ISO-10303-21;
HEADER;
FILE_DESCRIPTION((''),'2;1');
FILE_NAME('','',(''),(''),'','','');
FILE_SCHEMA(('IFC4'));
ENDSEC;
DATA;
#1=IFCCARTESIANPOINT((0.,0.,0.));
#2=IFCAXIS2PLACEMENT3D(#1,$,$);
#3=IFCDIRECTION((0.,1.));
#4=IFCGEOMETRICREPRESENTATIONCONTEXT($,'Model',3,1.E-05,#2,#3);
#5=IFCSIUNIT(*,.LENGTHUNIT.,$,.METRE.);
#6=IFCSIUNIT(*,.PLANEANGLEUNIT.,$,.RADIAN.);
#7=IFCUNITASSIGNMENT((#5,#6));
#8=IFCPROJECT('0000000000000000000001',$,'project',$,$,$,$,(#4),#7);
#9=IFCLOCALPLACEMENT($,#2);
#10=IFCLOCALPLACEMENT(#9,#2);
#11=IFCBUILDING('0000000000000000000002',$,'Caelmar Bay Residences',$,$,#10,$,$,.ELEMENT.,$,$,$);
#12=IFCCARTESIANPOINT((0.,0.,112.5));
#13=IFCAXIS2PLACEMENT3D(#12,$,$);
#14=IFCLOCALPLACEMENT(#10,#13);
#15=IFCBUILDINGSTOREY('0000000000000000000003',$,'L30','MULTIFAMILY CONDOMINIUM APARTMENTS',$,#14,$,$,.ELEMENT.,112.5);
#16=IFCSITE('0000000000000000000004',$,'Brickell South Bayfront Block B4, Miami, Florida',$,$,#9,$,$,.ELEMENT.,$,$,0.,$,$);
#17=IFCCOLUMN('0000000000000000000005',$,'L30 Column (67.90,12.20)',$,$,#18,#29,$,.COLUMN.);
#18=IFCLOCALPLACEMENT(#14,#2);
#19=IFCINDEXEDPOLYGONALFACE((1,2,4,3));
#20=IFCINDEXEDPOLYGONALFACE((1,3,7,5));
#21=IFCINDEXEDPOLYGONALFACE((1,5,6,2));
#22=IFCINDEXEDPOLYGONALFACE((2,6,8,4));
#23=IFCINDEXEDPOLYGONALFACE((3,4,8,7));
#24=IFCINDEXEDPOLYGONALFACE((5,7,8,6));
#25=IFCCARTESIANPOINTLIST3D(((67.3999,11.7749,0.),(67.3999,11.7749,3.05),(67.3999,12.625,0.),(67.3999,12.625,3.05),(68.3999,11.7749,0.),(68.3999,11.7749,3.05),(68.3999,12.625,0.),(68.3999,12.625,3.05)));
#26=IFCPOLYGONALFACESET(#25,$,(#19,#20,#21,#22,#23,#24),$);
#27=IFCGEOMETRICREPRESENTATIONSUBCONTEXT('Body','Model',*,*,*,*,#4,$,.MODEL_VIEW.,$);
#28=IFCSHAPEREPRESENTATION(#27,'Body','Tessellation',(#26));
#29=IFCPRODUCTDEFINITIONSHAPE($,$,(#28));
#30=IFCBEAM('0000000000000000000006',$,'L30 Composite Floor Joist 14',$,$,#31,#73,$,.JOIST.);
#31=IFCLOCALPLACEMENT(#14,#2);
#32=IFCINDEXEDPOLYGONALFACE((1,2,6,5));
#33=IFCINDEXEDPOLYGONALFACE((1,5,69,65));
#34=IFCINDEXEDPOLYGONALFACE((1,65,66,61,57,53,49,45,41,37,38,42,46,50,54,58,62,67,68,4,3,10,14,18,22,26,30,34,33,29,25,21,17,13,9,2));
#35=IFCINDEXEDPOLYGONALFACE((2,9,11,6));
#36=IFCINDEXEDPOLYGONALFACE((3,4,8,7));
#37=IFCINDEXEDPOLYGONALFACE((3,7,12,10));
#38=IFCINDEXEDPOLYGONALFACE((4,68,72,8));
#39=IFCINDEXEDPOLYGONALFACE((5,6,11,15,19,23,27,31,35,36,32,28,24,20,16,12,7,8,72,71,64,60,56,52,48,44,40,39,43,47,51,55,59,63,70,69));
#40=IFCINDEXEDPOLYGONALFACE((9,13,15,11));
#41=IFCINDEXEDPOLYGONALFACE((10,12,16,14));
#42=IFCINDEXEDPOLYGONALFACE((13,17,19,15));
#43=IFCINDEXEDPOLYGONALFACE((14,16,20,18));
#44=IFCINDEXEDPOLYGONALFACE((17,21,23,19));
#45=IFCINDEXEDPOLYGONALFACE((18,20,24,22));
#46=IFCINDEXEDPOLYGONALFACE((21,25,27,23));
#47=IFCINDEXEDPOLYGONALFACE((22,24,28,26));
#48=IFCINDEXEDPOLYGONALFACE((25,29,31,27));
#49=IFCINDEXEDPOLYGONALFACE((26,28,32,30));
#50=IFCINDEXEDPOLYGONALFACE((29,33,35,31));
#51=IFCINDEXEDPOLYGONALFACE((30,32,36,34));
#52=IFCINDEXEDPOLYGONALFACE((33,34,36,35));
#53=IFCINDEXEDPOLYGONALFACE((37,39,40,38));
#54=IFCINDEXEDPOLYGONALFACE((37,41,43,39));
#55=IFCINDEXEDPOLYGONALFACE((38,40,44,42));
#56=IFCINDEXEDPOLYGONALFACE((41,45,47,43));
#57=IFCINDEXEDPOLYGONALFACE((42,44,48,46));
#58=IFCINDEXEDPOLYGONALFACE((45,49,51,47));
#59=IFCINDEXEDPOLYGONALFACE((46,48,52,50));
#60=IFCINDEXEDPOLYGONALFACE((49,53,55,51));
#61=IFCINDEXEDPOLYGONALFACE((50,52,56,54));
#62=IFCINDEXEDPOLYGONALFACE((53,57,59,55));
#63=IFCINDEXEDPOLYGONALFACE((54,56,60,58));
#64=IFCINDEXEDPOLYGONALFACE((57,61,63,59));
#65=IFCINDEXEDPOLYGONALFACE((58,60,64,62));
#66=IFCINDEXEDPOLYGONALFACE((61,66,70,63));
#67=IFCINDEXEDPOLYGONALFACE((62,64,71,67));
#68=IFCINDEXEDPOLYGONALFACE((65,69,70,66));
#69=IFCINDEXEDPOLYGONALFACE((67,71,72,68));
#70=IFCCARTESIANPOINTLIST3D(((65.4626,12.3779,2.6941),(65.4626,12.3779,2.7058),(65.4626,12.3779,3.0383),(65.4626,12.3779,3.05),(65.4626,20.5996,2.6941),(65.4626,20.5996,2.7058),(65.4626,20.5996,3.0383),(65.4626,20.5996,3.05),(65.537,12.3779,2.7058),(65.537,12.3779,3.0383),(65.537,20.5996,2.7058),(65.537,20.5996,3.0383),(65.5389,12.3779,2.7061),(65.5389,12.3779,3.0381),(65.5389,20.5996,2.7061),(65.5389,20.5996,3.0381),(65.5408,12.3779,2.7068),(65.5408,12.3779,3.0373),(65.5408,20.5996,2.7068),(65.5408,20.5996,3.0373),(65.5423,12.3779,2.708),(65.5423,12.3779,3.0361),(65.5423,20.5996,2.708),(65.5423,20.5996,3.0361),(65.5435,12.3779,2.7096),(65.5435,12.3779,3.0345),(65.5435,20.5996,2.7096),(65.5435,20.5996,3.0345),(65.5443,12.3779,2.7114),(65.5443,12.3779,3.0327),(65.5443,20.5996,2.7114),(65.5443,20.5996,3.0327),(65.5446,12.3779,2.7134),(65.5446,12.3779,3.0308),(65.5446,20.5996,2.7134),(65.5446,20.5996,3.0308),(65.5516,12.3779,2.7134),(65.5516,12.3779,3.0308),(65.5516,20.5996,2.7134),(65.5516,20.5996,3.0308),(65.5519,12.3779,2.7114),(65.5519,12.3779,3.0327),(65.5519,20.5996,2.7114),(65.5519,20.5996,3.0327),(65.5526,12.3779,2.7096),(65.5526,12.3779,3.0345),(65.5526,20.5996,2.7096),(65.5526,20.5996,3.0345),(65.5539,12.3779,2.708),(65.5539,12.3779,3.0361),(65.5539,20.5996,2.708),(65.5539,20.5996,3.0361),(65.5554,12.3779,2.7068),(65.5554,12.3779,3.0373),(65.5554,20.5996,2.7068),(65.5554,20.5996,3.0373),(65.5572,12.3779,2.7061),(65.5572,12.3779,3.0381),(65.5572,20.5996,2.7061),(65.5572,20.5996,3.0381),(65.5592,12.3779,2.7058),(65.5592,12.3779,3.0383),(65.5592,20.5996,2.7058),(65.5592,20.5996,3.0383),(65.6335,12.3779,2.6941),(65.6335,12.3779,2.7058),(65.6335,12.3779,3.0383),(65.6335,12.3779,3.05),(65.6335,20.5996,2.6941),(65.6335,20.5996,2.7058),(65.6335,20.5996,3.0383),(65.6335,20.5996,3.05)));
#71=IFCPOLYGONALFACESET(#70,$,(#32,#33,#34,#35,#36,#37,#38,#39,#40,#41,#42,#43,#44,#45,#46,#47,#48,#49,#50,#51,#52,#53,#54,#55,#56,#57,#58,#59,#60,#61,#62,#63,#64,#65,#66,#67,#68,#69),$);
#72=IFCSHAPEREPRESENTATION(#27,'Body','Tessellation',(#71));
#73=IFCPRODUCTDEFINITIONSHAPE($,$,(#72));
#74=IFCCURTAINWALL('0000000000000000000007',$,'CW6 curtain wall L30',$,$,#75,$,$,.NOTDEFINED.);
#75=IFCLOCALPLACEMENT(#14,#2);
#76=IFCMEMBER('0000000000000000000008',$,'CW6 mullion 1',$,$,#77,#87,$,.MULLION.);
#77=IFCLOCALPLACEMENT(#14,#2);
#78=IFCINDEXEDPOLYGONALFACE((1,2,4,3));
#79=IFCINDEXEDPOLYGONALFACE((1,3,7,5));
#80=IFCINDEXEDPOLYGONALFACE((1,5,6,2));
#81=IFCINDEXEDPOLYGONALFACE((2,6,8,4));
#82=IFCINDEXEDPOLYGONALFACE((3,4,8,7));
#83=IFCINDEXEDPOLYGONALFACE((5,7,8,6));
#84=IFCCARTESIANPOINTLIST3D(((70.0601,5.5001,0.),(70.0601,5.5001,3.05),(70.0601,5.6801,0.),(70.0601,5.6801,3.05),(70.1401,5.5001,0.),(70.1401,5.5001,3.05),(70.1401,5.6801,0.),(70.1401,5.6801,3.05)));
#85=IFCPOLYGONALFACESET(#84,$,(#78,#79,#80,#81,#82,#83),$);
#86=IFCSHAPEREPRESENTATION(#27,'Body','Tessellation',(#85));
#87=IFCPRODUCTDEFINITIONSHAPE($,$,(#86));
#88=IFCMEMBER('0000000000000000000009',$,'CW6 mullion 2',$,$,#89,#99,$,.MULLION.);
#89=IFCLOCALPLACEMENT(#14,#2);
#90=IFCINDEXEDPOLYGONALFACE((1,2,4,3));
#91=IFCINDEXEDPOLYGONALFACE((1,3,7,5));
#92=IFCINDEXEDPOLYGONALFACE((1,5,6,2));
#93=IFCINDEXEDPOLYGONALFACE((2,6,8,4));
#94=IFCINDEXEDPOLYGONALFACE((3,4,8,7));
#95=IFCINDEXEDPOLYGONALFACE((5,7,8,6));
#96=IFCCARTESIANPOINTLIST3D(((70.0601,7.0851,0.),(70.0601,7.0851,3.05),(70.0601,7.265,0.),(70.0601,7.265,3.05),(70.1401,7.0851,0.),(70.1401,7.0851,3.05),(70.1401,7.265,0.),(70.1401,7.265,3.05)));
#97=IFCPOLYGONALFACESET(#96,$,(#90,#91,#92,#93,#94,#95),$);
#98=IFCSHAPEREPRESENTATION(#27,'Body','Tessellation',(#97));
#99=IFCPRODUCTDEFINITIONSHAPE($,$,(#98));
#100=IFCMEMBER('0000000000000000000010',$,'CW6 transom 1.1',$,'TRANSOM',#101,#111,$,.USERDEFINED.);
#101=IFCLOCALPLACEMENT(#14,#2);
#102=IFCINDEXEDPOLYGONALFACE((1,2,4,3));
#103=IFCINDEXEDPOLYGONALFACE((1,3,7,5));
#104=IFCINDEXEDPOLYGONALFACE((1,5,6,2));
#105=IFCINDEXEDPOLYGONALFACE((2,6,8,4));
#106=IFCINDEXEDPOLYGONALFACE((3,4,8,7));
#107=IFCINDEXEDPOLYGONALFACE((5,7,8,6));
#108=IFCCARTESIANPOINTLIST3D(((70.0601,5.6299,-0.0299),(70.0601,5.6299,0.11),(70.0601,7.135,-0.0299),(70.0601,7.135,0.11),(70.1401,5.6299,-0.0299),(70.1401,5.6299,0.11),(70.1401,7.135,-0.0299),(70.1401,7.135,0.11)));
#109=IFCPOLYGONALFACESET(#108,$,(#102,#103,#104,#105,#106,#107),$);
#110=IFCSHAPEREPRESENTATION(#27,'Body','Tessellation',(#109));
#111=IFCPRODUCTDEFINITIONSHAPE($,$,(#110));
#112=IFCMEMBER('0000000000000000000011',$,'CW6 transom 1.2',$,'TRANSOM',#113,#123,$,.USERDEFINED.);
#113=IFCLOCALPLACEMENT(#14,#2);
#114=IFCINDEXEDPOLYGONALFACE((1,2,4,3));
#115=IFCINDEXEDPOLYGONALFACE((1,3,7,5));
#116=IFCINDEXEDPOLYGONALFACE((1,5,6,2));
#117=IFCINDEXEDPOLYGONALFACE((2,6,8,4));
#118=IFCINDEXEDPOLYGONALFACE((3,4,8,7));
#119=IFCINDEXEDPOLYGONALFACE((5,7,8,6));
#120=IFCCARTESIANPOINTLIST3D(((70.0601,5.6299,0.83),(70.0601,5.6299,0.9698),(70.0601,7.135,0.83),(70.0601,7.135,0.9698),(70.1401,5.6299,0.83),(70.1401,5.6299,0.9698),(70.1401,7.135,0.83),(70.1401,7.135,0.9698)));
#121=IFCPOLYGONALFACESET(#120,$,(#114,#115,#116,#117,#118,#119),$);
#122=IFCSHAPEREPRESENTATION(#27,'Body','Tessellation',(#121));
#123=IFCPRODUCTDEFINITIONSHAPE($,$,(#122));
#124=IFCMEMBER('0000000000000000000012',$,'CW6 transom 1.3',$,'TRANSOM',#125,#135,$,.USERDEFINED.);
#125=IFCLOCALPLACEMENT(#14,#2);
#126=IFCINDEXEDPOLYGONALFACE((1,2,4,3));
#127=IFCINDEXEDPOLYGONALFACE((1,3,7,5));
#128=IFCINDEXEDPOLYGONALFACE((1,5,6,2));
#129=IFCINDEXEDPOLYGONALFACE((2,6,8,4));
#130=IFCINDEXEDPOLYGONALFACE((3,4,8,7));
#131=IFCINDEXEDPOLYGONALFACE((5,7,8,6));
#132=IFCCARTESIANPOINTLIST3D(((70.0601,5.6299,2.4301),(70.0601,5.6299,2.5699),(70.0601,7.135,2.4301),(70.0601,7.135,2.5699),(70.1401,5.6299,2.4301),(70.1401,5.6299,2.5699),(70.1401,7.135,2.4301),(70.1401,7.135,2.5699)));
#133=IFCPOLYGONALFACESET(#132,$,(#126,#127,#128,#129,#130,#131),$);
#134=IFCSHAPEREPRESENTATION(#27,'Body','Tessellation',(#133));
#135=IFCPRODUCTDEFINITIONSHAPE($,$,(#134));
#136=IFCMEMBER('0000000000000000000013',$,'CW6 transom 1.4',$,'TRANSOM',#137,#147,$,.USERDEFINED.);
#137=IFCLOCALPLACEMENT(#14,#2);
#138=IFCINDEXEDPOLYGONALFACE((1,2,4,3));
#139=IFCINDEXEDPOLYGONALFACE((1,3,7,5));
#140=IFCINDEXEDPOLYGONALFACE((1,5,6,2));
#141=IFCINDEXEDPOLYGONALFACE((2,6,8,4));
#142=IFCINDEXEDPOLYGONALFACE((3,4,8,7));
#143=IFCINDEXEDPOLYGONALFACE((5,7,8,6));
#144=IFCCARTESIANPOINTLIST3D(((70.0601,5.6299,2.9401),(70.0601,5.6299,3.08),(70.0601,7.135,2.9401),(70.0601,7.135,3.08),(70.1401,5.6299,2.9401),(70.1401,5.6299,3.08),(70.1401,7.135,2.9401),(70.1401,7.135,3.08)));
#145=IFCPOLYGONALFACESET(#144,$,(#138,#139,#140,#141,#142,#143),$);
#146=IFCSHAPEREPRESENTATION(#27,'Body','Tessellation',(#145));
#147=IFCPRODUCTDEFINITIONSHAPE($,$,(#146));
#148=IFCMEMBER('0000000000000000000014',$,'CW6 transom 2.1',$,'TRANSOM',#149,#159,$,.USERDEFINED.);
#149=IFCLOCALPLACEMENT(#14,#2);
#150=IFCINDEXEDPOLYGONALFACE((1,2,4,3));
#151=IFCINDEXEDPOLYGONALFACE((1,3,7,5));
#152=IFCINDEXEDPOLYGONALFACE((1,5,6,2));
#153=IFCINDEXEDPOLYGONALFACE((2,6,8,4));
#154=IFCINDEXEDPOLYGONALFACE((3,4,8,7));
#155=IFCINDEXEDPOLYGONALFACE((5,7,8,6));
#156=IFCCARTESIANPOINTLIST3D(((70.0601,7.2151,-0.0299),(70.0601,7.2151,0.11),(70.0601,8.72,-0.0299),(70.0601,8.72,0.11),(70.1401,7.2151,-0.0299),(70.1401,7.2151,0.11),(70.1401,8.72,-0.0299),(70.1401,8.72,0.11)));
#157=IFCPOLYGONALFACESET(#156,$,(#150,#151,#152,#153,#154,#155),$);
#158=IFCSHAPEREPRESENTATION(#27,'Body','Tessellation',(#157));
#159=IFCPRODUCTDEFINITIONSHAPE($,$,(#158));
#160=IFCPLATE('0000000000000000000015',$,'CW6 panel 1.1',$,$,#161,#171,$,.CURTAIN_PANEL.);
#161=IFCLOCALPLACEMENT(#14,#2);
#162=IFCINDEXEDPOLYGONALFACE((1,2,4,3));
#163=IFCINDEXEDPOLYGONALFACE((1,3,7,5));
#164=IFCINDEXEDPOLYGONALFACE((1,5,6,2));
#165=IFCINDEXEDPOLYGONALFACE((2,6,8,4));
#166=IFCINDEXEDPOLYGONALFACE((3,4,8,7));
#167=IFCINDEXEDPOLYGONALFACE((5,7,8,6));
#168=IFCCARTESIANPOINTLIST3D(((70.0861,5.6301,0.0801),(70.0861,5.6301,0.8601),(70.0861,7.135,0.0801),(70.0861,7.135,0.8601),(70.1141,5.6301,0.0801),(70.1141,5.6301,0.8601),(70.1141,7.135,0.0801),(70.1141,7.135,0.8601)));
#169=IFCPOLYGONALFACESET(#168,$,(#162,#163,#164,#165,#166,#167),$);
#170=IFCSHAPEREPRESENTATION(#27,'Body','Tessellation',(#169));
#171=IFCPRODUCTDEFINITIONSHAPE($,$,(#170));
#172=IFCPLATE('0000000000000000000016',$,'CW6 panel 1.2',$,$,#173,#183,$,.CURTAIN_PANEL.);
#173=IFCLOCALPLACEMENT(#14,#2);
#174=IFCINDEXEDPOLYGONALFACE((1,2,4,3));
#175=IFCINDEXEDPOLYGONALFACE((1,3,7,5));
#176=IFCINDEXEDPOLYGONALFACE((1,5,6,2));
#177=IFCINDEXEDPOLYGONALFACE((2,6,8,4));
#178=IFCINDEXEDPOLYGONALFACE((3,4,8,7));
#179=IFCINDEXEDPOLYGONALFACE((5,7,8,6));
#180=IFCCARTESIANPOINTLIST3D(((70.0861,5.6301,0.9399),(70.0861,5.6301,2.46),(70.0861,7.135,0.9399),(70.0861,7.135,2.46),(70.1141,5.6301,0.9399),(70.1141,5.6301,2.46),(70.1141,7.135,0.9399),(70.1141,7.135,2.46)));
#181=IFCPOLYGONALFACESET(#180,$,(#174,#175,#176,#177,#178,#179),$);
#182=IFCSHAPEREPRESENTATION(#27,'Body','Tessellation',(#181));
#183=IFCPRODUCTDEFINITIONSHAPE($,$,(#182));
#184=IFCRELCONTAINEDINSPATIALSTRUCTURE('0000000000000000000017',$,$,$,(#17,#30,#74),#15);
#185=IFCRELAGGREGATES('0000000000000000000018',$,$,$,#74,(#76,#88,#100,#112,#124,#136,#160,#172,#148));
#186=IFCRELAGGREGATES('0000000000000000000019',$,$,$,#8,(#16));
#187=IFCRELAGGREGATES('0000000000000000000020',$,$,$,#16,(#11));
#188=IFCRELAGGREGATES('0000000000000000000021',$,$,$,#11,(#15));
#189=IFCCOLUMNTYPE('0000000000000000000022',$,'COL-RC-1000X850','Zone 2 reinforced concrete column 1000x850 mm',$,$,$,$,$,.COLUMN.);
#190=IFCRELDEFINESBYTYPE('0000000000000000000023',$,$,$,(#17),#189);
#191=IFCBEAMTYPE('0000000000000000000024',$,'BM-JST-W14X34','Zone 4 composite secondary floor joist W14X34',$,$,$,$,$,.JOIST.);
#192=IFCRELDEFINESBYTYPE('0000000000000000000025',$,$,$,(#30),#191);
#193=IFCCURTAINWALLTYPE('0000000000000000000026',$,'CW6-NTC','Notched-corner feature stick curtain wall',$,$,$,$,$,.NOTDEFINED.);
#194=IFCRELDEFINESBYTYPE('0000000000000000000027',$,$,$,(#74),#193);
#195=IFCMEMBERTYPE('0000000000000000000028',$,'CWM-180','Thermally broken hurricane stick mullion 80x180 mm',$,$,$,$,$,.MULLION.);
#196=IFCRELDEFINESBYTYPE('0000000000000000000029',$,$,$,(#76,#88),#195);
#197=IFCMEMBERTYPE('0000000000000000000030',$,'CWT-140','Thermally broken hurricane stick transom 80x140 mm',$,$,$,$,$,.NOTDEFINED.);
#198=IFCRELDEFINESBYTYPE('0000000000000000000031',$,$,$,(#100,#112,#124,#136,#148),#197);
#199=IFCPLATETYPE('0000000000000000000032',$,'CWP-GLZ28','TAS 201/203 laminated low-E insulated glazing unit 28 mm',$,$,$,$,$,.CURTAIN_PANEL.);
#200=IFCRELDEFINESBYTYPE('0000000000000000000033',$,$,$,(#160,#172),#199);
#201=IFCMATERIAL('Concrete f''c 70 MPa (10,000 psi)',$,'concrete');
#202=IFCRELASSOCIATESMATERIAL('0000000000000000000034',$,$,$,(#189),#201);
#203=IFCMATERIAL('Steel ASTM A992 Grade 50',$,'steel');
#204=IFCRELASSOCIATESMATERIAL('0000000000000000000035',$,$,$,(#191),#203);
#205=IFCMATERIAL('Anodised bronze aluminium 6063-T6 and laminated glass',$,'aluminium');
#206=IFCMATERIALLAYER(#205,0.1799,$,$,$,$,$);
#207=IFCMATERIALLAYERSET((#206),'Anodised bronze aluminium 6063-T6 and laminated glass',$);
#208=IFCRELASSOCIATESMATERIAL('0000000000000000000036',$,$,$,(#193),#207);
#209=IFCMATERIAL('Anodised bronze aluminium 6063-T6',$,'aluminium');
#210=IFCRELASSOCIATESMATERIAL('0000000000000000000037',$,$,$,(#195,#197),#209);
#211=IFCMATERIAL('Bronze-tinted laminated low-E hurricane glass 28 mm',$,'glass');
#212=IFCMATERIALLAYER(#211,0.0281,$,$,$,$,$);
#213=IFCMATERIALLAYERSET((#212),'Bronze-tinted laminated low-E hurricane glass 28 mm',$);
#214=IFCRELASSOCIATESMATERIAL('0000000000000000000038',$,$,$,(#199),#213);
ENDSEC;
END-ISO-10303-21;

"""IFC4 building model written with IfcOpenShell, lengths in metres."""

from ifc_helpers import new_model, si_unit, direction, frame, origin, origin_2d, place, context, subcontext, project, spatial, rectangle, i_section, extrude, material, layer, layer_set, material_profile, profile_set, type_object, element, aggregate, save


model = new_model("IFC4")

# Units and contexts
model_context = context("Model", 3, precision=1e-05, world=origin(), true_north=direction((0.0, 1.0)))
body_context = subcontext(model_context, "Body", "Model", "MODEL_VIEW")
ifc_project = project(units=[si_unit("LENGTHUNIT", "METRE"), si_unit("PLANEANGLEUNIT", "RADIAN")], contexts=[model_context])

# Site, building, storey
site_placement = place(None, origin())
site = spatial("IfcSite", under=ifc_project, at=site_placement, Name="Brickell South Bayfront Block B4, Miami, Florida", CompositionType="ELEMENT", RefElevation=0.0)
building_placement = place(site_placement, origin())
building = spatial("IfcBuilding", under=site, at=building_placement, Name="Caelmar Bay Residences", CompositionType="ELEMENT")
storey_placement = place(building_placement, frame((0.0, 0.0, 112.5)))
storey = spatial("IfcBuildingStorey", under=building, at=storey_placement, Name="L30", Description="MULTIFAMILY CONDOMINIUM APARTMENTS", CompositionType="ELEMENT", Elevation=112.5)

# Column
ifc_material_1 = material(Name="Concrete f'c 70 MPa (10,000 psi)", Category="concrete")
ifc_material_profile_1 = material_profile(ifc_material_1, rectangle(XDim=1.0, YDim=0.8501, at=origin_2d()), Name="RC-COL-1000X850")
ifc_profile_set_1 = profile_set([ifc_material_profile_1], Name="Concrete f'c 70 MPa (10,000 psi)")
column_type = type_object("IfcColumnType", Name="COL-RC-1000X850", Description="Zone 2 reinforced concrete column 1000x850 mm", PredefinedType="COLUMN", material=ifc_profile_set_1)
column_placement = place(storey_placement, frame((67.8999, 12.2, 0.0), z_axis=(0.0, 0.0, 1.0), x_axis=(1.0, 0.0, 0.0)))
element("IfcColumn", 1, at=column_placement, inside=storey, type_object=column_type, Name="L30 Column (67.90,12.20)", PredefinedType="COLUMN", context=body_context, shape_type="SweptSolid", body=[
    extrude(rectangle(XDim=1.0, YDim=0.8501, at=origin_2d()), origin(), (0.0, 0.0, 1.0), 3.05),
])

# Beam
ifc_material_2 = material(Name="Steel ASTM A992 Grade 50", Category="steel")
ifc_material_profile_2 = material_profile(ifc_material_2, i_section(OverallWidth=0.1709, OverallDepth=0.356, WebThickness=0.0071, FlangeThickness=0.0117, FilletRadius=0.0076, at=origin_2d()), Name="W14X34")
ifc_profile_set_2 = profile_set([ifc_material_profile_2], Name="Steel ASTM A992 Grade 50")
beam_type = type_object("IfcBeamType", Name="BM-JST-W14X34", Description="Zone 4 composite secondary floor joist W14X34", PredefinedType="JOIST", material=ifc_profile_set_2)
beam_placement = place(storey_placement, frame((65.5481, 12.3779, 2.8721), z_axis=(0.0, 1.0, 0.0), x_axis=(-1.0, 0.0, 0.0)))
element("IfcBeam", 2, at=beam_placement, inside=storey, type_object=beam_type, Name="L30 Composite Floor Joist 14", PredefinedType="JOIST", context=body_context, shape_type="SweptSolid", body=[
    extrude(i_section(OverallWidth=0.1709, OverallDepth=0.356, WebThickness=0.0071, FlangeThickness=0.0117, FilletRadius=0.0076, at=origin_2d()), origin(), (0.0, 0.0, 1.0), 8.2217),
])

# Curtain wall, members, plates
ifc_material_3 = material(Name="Anodised bronze aluminium 6063-T6 and laminated glass", Category="aluminium")
ifc_layer_1 = layer(ifc_material_3, 0.1799)
ifc_layer_set_1 = layer_set([ifc_layer_1], Name="Anodised bronze aluminium 6063-T6 and laminated glass")
curtain_wall_type = type_object("IfcCurtainWallType", Name="CW6-NTC", Description="Notched-corner feature stick curtain wall", PredefinedType="NOTDEFINED", material=ifc_layer_set_1)
curtain_wall_placement = place(storey_placement, origin())
curtain_wall = element("IfcCurtainWall", 3, at=curtain_wall_placement, inside=storey, type_object=curtain_wall_type, Name="CW6 curtain wall L30", PredefinedType="NOTDEFINED")
ifc_material_4 = material(Name="Anodised bronze aluminium 6063-T6", Category="aluminium")
ifc_material_profile_3 = material_profile(ifc_material_4, rectangle(XDim=0.0801, YDim=0.1799, at=origin_2d()), Name="CWM-80X180")
ifc_profile_set_3 = profile_set([ifc_material_profile_3], Name="Anodised bronze aluminium 6063-T6")
member_type_1 = type_object("IfcMemberType", Name="CWM-180", Description="Thermally broken hurricane stick mullion 80x180 mm", PredefinedType="MULLION", material=ifc_profile_set_3)
member_1_placement = place(storey_placement, frame((70.1001, 5.5901, 0.0), z_axis=(0.0, 0.0, 1.0), x_axis=(-1.0, 0.0, 0.0)))
member_1 = element("IfcMember", 4, at=member_1_placement, type_object=member_type_1, Name="CW6 mullion 1", PredefinedType="MULLION", context=body_context, shape_type="SweptSolid", body=[
    extrude(rectangle(XDim=0.0801, YDim=0.1799, at=origin_2d()), origin(), (0.0, 0.0, 1.0), 3.05),
])
member_2_placement = place(storey_placement, frame((70.1001, 7.175, 0.0), z_axis=(0.0, 0.0, 1.0), x_axis=(-1.0, 0.0, 0.0)))
member_2 = element("IfcMember", 5, at=member_2_placement, type_object=member_type_1, Name="CW6 mullion 2", PredefinedType="MULLION", context=body_context, shape_type="SweptSolid", body=[
    extrude(rectangle(XDim=0.0801, YDim=0.1799, at=origin_2d()), origin(), (0.0, 0.0, 1.0), 3.05),
])
ifc_material_profile_4 = material_profile(ifc_material_4, rectangle(XDim=0.0801, YDim=0.1399, at=origin_2d()), Name="CWT-80X140")
ifc_profile_set_4 = profile_set([ifc_material_profile_4], Name="Anodised bronze aluminium 6063-T6")
member_type_2 = type_object("IfcMemberType", Name="CWT-140", Description="Thermally broken hurricane stick transom 80x140 mm", PredefinedType="NOTDEFINED", material=ifc_profile_set_4)
member_3_placement = place(storey_placement, frame((70.1001, 5.6299, 0.04), z_axis=(0.0, 1.0, 0.0), x_axis=(-1.0, 0.0, 0.0)))
member_3 = element("IfcMember", 6, at=member_3_placement, type_object=member_type_2, Name="CW6 transom 1.1", ObjectType="TRANSOM", PredefinedType="USERDEFINED", context=body_context, shape_type="SweptSolid", body=[
    extrude(rectangle(XDim=0.0801, YDim=0.1399, at=origin_2d()), origin(), (0.0, 0.0, 1.0), 1.5051),
])
member_4_placement = place(storey_placement, frame((70.1001, 5.6299, 0.8999), z_axis=(0.0, 1.0, 0.0), x_axis=(-1.0, 0.0, 0.0)))
member_4 = element("IfcMember", 7, at=member_4_placement, type_object=member_type_2, Name="CW6 transom 1.2", ObjectType="TRANSOM", PredefinedType="USERDEFINED", context=body_context, shape_type="SweptSolid", body=[
    extrude(rectangle(XDim=0.0801, YDim=0.1399, at=origin_2d()), origin(), (0.0, 0.0, 1.0), 1.5051),
])
member_5_placement = place(storey_placement, frame((70.1001, 5.6299, 2.5), z_axis=(0.0, 1.0, 0.0), x_axis=(-1.0, 0.0, 0.0)))
member_5 = element("IfcMember", 8, at=member_5_placement, type_object=member_type_2, Name="CW6 transom 1.3", ObjectType="TRANSOM", PredefinedType="USERDEFINED", context=body_context, shape_type="SweptSolid", body=[
    extrude(rectangle(XDim=0.0801, YDim=0.1399, at=origin_2d()), origin(), (0.0, 0.0, 1.0), 1.5051),
])
member_6_placement = place(storey_placement, frame((70.1001, 5.6299, 3.01), z_axis=(0.0, 1.0, 0.0), x_axis=(-1.0, 0.0, 0.0)))
member_6 = element("IfcMember", 9, at=member_6_placement, type_object=member_type_2, Name="CW6 transom 1.4", ObjectType="TRANSOM", PredefinedType="USERDEFINED", context=body_context, shape_type="SweptSolid", body=[
    extrude(rectangle(XDim=0.0801, YDim=0.1399, at=origin_2d()), origin(), (0.0, 0.0, 1.0), 1.5051),
])
member_7_placement = place(storey_placement, frame((70.1001, 7.2151, 0.04), z_axis=(0.0, 1.0, 0.0), x_axis=(-1.0, 0.0, 0.0)))
member_7 = element("IfcMember", 10, at=member_7_placement, type_object=member_type_2, Name="CW6 transom 2.1", ObjectType="TRANSOM", PredefinedType="USERDEFINED", context=body_context, shape_type="SweptSolid", body=[
    extrude(rectangle(XDim=0.0801, YDim=0.1399, at=origin_2d()), origin(), (0.0, 0.0, 1.0), 1.5049),
])
ifc_material_5 = material(Name="Bronze-tinted laminated low-E hurricane glass 28 mm", Category="glass")
ifc_layer_2 = layer(ifc_material_5, 0.0281)
ifc_layer_set_2 = layer_set([ifc_layer_2], Name="Bronze-tinted laminated low-E hurricane glass 28 mm")
plate_type = type_object("IfcPlateType", Name="CWP-GLZ28", Description="TAS 201/203 laminated low-E insulated glazing unit 28 mm", PredefinedType="CURTAIN_PANEL", material=ifc_layer_set_2)
plate_1_placement = place(storey_placement, frame((70.1001, 6.3826, 0.0801), z_axis=(0.0, 0.0, 1.0), x_axis=(0.0, 1.0, 0.0)))
plate_1 = element("IfcPlate", 11, at=plate_1_placement, type_object=plate_type, Name="CW6 panel 1.1", PredefinedType="CURTAIN_PANEL", context=body_context, shape_type="SweptSolid", body=[
    extrude(rectangle(XDim=1.5049, YDim=0.0281, at=origin_2d()), origin(), (0.0, 0.0, 1.0), 0.78),
])
plate_2_placement = place(storey_placement, frame((70.1001, 6.3826, 0.9399), z_axis=(0.0, 0.0, 1.0), x_axis=(0.0, 1.0, 0.0)))
plate_2 = element("IfcPlate", 12, at=plate_2_placement, type_object=plate_type, Name="CW6 panel 1.2", PredefinedType="CURTAIN_PANEL", context=body_context, shape_type="SweptSolid", body=[
    extrude(rectangle(XDim=1.5049, YDim=0.0281, at=origin_2d()), origin(), (0.0, 0.0, 1.0), 1.52),
])
aggregate(curtain_wall, [member_1, member_2, member_3, member_4, member_5, member_6, plate_1, plate_2, member_7])

save(model, "model.ifc")
